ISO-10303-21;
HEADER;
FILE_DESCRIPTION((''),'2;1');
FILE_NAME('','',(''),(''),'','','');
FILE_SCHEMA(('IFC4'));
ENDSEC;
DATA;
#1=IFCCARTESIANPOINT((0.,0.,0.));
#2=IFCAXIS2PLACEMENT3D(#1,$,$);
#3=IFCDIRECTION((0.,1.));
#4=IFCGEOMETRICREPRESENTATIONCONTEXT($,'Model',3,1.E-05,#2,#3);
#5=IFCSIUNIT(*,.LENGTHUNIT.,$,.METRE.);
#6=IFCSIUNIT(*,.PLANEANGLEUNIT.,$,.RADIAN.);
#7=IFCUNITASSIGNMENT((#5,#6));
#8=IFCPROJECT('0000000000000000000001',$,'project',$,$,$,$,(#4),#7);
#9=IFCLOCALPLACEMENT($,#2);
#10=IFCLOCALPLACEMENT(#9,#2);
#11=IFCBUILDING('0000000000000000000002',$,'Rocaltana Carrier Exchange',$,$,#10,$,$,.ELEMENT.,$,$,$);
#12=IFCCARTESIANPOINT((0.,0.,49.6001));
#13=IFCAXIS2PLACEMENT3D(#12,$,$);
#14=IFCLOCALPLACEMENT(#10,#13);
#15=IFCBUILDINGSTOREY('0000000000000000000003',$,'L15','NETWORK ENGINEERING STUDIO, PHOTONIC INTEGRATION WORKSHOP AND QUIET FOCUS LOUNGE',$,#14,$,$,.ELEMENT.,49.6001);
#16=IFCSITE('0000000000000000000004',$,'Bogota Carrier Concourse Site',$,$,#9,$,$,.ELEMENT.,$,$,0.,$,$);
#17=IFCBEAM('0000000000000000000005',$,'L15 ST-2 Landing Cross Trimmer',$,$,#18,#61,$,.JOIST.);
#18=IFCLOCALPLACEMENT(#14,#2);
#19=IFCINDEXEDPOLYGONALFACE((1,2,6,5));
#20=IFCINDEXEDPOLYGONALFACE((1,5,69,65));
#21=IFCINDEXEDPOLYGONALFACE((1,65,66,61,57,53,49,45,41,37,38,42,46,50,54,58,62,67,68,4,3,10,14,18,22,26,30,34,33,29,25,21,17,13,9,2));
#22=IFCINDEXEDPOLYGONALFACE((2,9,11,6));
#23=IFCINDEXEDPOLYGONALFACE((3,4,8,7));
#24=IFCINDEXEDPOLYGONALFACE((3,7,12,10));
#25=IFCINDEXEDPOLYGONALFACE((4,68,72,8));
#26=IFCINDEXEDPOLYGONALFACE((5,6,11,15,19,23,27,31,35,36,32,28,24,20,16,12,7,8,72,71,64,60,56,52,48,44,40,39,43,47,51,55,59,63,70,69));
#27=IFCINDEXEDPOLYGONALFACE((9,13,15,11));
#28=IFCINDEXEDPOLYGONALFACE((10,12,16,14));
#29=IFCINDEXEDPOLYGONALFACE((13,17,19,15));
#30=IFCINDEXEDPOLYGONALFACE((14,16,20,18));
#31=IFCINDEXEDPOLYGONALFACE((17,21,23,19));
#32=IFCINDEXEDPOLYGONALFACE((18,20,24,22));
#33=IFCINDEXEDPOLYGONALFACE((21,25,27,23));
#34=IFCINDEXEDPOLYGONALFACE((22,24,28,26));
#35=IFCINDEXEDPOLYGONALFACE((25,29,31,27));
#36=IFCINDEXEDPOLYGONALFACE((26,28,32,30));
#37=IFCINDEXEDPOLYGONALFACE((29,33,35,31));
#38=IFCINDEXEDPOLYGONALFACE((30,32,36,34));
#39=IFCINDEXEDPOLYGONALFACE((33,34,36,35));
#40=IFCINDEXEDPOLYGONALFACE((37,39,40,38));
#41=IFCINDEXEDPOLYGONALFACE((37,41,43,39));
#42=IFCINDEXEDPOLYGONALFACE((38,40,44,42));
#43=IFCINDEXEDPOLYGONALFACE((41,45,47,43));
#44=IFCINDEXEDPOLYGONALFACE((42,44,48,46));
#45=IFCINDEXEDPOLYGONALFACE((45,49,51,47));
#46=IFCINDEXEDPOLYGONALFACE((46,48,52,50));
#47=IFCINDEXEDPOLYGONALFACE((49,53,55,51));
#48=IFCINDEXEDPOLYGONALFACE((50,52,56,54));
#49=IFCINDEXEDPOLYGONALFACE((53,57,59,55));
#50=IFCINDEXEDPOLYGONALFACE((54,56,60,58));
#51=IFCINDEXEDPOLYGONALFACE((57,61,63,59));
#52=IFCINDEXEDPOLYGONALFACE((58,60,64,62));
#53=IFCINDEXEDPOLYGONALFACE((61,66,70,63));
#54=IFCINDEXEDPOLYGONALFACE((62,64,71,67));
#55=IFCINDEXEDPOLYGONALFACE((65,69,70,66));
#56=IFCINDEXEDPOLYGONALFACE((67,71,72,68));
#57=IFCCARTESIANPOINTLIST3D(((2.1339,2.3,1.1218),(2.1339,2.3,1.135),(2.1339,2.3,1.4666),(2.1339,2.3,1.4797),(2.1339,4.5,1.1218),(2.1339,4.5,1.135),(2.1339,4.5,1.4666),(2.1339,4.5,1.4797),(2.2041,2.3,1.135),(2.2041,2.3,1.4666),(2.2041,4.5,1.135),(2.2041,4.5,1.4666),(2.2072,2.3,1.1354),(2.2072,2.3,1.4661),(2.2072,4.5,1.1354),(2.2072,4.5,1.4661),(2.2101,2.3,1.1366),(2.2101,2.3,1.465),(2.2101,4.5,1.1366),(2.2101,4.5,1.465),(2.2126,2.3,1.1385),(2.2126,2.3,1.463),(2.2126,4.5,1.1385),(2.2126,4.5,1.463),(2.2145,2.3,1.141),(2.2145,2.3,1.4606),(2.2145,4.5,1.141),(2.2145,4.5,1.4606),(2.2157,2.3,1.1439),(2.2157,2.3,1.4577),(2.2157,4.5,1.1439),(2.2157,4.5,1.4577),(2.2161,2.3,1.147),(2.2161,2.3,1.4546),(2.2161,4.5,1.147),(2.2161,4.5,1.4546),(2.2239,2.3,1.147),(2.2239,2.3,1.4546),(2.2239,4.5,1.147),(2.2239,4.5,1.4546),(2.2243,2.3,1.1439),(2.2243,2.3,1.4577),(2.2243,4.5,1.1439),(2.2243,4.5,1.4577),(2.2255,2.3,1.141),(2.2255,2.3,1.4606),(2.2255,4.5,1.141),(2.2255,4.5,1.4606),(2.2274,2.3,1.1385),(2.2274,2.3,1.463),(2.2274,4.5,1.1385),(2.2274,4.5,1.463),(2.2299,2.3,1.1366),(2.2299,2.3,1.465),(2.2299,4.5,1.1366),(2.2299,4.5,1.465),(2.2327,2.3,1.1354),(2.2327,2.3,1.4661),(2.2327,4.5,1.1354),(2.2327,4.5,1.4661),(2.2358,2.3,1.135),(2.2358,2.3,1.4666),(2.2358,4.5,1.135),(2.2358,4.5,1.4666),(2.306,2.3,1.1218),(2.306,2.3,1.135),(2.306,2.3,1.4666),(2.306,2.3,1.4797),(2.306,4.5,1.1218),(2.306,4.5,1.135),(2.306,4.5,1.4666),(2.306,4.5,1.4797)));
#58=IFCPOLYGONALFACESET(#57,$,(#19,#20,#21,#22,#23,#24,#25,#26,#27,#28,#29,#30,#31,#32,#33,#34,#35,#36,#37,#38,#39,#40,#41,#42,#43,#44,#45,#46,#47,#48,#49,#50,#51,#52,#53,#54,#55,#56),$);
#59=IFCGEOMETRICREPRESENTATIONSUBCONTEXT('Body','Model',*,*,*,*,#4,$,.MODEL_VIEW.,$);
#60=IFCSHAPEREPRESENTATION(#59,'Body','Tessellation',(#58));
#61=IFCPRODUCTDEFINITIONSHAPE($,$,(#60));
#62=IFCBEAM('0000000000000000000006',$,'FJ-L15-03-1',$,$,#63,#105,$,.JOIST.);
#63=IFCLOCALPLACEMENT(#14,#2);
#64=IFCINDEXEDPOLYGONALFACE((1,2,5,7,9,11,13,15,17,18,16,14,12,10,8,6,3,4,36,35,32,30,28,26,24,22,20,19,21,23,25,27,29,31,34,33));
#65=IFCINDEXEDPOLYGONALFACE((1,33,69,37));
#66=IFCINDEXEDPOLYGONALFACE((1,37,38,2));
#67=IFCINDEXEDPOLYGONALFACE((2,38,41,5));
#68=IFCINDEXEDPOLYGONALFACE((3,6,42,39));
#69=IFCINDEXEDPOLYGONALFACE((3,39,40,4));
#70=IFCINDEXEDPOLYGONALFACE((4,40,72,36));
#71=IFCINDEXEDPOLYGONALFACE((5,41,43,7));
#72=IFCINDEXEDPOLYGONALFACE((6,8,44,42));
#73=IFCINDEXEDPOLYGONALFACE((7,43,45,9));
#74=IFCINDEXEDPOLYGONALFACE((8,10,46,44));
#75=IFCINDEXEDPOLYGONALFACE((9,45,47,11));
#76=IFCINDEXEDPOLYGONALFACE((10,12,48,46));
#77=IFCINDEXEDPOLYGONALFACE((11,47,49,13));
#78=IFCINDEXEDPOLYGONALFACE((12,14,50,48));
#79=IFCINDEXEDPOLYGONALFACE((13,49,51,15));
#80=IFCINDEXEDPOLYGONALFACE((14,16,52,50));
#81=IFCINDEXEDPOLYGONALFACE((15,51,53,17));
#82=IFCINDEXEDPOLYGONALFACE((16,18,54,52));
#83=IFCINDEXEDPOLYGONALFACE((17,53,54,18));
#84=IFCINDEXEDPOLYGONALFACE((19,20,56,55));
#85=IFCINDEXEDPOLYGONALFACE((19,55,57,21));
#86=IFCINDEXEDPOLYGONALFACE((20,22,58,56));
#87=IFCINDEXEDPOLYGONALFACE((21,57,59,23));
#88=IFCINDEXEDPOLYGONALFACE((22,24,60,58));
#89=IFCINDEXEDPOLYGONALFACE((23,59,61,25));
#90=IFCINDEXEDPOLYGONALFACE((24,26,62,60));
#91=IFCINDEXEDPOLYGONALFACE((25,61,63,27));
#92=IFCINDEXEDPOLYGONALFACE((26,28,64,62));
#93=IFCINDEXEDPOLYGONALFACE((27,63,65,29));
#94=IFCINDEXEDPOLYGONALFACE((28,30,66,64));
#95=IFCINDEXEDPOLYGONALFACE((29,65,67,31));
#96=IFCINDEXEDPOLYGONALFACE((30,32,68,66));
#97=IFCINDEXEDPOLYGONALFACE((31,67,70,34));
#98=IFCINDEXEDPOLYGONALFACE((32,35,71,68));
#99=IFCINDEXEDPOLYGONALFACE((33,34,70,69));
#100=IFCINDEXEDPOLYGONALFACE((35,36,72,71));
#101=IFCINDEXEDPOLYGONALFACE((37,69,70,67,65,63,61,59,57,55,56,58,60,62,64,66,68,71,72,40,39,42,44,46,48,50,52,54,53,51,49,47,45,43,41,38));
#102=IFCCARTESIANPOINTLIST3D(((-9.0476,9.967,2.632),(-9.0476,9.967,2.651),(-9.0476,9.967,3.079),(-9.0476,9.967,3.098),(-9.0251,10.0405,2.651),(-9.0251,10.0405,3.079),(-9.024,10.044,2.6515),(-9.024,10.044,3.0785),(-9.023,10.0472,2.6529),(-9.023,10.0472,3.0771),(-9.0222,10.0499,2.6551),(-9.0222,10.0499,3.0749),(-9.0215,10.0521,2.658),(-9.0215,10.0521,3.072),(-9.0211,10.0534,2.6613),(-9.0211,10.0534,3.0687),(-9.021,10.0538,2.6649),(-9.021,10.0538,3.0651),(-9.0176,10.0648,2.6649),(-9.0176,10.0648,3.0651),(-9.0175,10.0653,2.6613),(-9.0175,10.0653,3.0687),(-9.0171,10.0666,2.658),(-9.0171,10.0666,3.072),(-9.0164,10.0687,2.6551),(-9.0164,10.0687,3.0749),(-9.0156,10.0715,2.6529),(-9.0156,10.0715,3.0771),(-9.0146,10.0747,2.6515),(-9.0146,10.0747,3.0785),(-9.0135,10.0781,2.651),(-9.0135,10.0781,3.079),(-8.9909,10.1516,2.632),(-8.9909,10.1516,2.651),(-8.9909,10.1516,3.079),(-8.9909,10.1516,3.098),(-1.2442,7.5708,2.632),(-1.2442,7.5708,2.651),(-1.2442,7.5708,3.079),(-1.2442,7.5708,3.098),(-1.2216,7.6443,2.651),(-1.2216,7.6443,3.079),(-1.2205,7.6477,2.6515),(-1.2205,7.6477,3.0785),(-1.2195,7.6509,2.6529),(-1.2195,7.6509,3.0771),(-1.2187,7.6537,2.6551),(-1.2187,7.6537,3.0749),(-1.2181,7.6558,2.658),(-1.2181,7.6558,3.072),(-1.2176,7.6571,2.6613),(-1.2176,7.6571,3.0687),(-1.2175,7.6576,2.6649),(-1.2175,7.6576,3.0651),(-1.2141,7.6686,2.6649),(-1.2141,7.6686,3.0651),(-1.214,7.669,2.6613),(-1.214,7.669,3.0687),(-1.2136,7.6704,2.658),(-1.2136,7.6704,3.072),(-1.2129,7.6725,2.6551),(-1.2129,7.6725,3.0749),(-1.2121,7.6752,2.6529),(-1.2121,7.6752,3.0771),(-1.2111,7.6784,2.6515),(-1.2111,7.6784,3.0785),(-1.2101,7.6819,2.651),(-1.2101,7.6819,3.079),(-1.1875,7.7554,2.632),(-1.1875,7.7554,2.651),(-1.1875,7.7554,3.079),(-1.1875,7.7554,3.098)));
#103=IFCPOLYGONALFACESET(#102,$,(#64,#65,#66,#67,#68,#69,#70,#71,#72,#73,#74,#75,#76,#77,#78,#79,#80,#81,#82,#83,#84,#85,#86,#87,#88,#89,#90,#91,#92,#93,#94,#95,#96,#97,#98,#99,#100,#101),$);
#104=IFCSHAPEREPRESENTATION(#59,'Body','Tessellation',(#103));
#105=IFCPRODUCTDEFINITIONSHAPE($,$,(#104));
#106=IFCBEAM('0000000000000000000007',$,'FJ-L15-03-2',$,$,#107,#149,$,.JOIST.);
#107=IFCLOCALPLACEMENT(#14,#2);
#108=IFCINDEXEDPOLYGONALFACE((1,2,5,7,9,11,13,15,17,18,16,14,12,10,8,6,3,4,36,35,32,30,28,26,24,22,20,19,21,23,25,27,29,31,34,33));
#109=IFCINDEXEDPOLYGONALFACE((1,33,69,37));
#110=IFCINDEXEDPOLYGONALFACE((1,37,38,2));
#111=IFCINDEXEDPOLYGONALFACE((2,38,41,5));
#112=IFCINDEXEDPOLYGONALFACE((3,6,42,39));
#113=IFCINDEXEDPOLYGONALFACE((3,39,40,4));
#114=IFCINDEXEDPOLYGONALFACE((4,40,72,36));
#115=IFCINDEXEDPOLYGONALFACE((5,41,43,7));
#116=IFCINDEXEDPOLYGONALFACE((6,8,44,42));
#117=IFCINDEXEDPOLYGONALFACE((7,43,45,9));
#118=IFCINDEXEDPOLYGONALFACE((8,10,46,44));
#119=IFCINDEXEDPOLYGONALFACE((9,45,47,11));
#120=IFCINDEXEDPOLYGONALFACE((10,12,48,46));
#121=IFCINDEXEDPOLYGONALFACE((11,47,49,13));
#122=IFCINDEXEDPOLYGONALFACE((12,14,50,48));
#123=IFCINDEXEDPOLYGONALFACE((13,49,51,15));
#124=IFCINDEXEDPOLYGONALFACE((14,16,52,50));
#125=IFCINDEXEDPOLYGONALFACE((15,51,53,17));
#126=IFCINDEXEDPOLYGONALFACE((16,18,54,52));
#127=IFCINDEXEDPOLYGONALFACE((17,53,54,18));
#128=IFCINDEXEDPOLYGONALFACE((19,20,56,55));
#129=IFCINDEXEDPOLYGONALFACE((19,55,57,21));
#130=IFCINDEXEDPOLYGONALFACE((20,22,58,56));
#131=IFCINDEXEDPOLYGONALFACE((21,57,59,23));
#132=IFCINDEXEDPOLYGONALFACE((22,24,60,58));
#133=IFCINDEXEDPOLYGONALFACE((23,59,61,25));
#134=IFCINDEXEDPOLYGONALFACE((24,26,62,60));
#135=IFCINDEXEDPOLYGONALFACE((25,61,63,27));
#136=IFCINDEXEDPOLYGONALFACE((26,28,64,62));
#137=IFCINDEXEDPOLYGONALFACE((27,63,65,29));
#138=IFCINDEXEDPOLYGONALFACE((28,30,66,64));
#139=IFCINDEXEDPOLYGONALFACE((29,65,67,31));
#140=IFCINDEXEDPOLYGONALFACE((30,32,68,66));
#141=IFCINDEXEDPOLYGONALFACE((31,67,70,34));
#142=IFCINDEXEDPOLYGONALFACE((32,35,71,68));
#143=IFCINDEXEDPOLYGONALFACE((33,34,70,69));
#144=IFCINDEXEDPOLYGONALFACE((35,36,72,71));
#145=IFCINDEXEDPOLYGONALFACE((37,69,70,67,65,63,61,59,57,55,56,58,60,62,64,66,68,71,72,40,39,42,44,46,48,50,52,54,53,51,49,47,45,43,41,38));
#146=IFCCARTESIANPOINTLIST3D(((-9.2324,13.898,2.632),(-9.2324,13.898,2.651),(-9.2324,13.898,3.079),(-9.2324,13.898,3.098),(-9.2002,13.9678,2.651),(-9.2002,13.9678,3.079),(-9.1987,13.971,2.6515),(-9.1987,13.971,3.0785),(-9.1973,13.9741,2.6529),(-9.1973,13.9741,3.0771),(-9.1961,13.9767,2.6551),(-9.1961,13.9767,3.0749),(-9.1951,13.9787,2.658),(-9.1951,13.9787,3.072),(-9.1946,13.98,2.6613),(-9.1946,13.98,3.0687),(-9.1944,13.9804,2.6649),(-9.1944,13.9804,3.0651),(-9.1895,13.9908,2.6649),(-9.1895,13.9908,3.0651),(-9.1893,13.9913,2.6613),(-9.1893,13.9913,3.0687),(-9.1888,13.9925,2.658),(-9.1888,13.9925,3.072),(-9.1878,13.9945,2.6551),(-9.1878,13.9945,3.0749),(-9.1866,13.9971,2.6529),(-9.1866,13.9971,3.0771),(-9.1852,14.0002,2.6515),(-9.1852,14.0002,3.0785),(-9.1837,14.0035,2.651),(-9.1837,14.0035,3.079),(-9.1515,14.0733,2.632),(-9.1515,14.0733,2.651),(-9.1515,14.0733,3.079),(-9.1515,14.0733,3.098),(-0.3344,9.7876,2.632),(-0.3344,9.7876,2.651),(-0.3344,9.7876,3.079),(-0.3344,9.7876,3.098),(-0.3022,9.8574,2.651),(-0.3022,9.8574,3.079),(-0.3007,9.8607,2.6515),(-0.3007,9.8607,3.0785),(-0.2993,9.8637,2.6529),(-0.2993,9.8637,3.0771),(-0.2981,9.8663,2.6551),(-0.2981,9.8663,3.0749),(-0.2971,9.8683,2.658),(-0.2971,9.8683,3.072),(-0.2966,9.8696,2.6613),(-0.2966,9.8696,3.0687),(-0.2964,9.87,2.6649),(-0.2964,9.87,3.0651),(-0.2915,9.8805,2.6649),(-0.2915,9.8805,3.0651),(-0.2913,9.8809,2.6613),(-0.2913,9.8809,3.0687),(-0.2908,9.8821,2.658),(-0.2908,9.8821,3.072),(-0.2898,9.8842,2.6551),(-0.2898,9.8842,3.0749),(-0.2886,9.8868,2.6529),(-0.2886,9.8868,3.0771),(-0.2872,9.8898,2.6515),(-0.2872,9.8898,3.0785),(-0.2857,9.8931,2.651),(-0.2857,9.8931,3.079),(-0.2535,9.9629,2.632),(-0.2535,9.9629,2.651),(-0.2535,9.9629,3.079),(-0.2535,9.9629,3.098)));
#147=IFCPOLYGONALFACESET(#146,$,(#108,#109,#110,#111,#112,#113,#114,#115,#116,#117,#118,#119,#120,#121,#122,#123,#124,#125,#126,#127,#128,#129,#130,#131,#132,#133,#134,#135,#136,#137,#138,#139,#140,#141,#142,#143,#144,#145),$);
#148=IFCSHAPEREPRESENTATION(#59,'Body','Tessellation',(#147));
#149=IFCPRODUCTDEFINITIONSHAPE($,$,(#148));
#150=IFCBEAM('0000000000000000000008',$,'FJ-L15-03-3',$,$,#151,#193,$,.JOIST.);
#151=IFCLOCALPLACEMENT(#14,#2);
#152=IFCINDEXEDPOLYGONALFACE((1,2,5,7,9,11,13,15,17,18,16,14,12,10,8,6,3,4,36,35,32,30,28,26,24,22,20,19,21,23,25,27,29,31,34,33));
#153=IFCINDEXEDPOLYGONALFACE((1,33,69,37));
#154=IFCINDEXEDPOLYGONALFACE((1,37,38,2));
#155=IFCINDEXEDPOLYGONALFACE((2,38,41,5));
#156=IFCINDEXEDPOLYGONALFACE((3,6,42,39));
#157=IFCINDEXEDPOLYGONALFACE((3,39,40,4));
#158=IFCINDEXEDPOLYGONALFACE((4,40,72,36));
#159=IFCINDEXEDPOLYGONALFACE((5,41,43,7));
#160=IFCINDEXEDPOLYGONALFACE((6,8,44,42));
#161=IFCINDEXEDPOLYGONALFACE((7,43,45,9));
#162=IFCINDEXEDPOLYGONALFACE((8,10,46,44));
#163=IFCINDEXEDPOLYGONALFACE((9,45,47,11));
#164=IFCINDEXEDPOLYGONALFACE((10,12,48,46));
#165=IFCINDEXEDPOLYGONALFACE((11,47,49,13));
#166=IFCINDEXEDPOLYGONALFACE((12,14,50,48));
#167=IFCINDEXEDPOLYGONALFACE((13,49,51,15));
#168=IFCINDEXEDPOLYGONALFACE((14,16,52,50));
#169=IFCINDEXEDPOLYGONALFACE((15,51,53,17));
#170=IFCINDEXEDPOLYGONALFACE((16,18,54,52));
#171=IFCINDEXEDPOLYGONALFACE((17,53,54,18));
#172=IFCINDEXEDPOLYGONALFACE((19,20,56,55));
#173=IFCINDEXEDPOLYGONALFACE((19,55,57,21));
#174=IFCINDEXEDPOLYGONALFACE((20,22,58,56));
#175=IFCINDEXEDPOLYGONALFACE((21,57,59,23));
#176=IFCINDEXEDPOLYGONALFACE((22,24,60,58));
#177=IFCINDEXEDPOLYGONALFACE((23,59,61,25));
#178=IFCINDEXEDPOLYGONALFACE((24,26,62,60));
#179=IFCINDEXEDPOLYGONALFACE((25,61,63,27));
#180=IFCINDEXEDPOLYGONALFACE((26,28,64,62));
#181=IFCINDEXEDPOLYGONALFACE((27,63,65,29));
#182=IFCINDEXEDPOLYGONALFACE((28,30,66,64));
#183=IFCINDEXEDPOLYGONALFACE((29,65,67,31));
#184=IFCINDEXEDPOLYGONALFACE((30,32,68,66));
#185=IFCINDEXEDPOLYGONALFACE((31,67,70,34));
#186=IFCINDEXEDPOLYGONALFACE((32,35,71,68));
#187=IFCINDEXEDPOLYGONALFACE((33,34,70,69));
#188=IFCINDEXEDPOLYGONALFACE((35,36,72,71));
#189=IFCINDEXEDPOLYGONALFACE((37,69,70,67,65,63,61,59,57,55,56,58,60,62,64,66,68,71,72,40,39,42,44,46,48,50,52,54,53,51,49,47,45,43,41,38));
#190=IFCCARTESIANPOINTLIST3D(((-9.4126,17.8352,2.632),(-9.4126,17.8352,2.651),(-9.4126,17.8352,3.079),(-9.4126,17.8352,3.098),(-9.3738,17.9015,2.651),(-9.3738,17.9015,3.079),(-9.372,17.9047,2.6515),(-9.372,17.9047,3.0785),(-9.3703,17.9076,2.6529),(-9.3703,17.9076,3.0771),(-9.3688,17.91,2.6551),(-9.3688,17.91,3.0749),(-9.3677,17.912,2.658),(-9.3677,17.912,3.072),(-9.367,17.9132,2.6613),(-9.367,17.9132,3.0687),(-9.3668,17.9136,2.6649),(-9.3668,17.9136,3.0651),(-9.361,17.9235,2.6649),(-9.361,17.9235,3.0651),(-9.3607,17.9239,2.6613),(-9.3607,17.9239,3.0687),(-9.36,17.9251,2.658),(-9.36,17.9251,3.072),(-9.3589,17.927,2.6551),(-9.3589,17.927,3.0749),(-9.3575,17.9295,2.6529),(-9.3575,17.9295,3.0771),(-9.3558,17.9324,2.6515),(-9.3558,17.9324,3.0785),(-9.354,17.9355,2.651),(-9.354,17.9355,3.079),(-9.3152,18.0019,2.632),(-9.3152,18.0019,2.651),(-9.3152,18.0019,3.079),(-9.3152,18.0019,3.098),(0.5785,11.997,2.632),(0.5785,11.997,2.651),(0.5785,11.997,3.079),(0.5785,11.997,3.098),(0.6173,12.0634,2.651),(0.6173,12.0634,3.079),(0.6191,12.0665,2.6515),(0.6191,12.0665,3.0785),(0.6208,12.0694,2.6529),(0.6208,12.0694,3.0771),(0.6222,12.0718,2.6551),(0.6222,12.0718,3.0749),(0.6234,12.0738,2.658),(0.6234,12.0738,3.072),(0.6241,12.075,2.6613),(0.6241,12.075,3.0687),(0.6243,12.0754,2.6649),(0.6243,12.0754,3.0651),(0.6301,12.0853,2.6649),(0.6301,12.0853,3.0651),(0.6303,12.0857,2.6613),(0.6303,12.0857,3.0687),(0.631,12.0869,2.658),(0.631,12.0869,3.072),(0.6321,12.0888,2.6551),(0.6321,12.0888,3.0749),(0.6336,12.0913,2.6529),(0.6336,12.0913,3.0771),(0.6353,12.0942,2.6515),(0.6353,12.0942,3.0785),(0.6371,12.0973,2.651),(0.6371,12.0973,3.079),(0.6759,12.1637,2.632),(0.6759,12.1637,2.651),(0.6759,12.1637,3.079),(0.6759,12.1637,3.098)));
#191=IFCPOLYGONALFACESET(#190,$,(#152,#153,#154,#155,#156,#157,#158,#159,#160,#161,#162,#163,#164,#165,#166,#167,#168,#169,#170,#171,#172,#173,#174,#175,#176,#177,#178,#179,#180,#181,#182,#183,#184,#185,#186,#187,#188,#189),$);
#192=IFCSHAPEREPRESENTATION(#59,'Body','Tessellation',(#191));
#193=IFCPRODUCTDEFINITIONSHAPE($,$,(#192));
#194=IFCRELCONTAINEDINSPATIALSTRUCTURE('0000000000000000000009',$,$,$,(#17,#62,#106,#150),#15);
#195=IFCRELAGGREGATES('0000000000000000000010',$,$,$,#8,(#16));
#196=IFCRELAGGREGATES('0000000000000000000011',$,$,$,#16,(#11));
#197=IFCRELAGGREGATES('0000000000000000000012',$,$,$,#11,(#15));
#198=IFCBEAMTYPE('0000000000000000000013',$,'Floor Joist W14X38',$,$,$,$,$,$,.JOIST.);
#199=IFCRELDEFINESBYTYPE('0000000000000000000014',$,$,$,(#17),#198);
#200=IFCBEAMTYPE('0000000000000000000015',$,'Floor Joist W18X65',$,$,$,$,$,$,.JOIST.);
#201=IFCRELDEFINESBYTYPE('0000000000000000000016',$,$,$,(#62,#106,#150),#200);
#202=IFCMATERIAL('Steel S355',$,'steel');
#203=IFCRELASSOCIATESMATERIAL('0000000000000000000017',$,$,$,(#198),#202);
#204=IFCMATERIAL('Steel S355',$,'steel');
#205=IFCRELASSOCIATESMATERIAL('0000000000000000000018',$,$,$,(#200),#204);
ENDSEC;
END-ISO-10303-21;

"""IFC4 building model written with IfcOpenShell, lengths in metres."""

from ifc_helpers import new_model, si_unit, direction, frame, origin, origin_2d, place, context, subcontext, project, spatial, i_section, extrude, material, material_profile, profile_set, type_object, element, save


model = new_model("IFC4")

# Units and contexts
model_context = context("Model", 3, precision=1e-05, world=origin(), true_north=direction((0.0, 1.0)))
body_context = subcontext(model_context, "Body", "Model", "MODEL_VIEW")
ifc_project = project(units=[si_unit("LENGTHUNIT", "METRE"), si_unit("PLANEANGLEUNIT", "RADIAN")], contexts=[model_context])

# Site, building, storey
site_placement = place(None, origin())
site = spatial("IfcSite", under=ifc_project, at=site_placement, Name="Bogota Carrier Concourse Site", CompositionType="ELEMENT", RefElevation=0.0)
building_placement = place(site_placement, origin())
building = spatial("IfcBuilding", under=site, at=building_placement, Name="Rocaltana Carrier Exchange", CompositionType="ELEMENT")
storey_placement = place(building_placement, frame((0.0, 0.0, 49.6001)))
storey = spatial("IfcBuildingStorey", under=building, at=storey_placement, Name="L15", Description="NETWORK ENGINEERING STUDIO, PHOTONIC INTEGRATION WORKSHOP AND QUIET FOCUS LOUNGE", CompositionType="ELEMENT", Elevation=49.6001)

# Beams
ifc_material_1 = material(Name="Steel S355", Category="steel")
ifc_material_profile_1 = material_profile(ifc_material_1, i_section(OverallWidth=0.1721, OverallDepth=0.3579, WebThickness=0.0078, FlangeThickness=0.0132, FilletRadius=0.012, at=origin_2d()), Name="W14X38")
ifc_profile_set_1 = profile_set([ifc_material_profile_1], Name="Steel S355")
beam_type_1 = type_object("IfcBeamType", Name="Floor Joist W14X38", PredefinedType="JOIST", material=ifc_profile_set_1)
beam_1_placement = place(storey_placement, frame((2.22, 2.3, 1.3008), z_axis=(0.0, 1.0, 0.0), x_axis=(-1.0, 0.0, 0.0)))
element("IfcBeam", 1, at=beam_1_placement, inside=storey, type_object=beam_type_1, Name="L15 ST-2 Landing Cross Trimmer", PredefinedType="JOIST", context=body_context, shape_type="SweptSolid", body=[
    extrude(i_section(OverallWidth=0.1721, OverallDepth=0.3579, WebThickness=0.0078, FlangeThickness=0.0132, FilletRadius=0.012, at=origin_2d()), origin(), (0.0, 0.0, 1.0), 2.2),
])
ifc_material_2 = material(Name="Steel S355", Category="steel")
ifc_material_profile_2 = material_profile(ifc_material_2, i_section(OverallWidth=0.1931, OverallDepth=0.4661, WebThickness=0.0115, FlangeThickness=0.019, FilletRadius=0.0139, at=origin_2d()), Name="W18X65")
ifc_profile_set_2 = profile_set([ifc_material_profile_2], Name="Steel S355")
beam_type_2 = type_object("IfcBeamType", Name="Floor Joist W18X65", PredefinedType="JOIST", material=ifc_profile_set_2)
beam_2_placement = place(storey_placement, frame((-1.2158, 7.6631, 2.865), z_axis=(-0.955945, 0.293546, 0.0), x_axis=(-0.293546, -0.955945, 0.0)))
element("IfcBeam", 2, at=beam_2_placement, inside=storey, type_object=beam_type_2, Name="FJ-L15-03-1", PredefinedType="JOIST", context=body_context, shape_type="SweptSolid", body=[
    extrude(i_section(OverallWidth=0.1931, OverallDepth=0.4661, WebThickness=0.0115, FlangeThickness=0.019, FilletRadius=0.0139, at=origin_2d()), origin(), (0.0, 0.0, 1.0), 8.1631),
])
beam_3_placement = place(storey_placement, frame((-0.2939, 9.8752, 2.865), z_axis=(-0.907819, 0.419361, 0.0), x_axis=(-0.419361, -0.907819, 0.0)))
element("IfcBeam", 3, at=beam_3_placement, inside=storey, type_object=beam_type_2, Name="FJ-L15-03-2", PredefinedType="JOIST", context=body_context, shape_type="SweptSolid", body=[
    extrude(i_section(OverallWidth=0.1931, OverallDepth=0.4661, WebThickness=0.0115, FlangeThickness=0.019, FilletRadius=0.0139, at=origin_2d()), origin(), (0.0, 0.0, 1.0), 9.8015),
])
beam_4_placement = place(storey_placement, frame((0.6272, 12.0803, 2.865), z_axis=(-0.8634, 0.50452, 0.0), x_axis=(-0.50452, -0.8634, 0.0)))
element("IfcBeam", 4, at=beam_4_placement, inside=storey, type_object=beam_type_2, Name="FJ-L15-03-3", PredefinedType="JOIST", context=body_context, shape_type="SweptSolid", body=[
    extrude(i_section(OverallWidth=0.1931, OverallDepth=0.4661, WebThickness=0.0115, FlangeThickness=0.019, FilletRadius=0.0139, at=origin_2d()), origin(), (0.0, 0.0, 1.0), 11.5718),
])

save(model, "model.ifc")
